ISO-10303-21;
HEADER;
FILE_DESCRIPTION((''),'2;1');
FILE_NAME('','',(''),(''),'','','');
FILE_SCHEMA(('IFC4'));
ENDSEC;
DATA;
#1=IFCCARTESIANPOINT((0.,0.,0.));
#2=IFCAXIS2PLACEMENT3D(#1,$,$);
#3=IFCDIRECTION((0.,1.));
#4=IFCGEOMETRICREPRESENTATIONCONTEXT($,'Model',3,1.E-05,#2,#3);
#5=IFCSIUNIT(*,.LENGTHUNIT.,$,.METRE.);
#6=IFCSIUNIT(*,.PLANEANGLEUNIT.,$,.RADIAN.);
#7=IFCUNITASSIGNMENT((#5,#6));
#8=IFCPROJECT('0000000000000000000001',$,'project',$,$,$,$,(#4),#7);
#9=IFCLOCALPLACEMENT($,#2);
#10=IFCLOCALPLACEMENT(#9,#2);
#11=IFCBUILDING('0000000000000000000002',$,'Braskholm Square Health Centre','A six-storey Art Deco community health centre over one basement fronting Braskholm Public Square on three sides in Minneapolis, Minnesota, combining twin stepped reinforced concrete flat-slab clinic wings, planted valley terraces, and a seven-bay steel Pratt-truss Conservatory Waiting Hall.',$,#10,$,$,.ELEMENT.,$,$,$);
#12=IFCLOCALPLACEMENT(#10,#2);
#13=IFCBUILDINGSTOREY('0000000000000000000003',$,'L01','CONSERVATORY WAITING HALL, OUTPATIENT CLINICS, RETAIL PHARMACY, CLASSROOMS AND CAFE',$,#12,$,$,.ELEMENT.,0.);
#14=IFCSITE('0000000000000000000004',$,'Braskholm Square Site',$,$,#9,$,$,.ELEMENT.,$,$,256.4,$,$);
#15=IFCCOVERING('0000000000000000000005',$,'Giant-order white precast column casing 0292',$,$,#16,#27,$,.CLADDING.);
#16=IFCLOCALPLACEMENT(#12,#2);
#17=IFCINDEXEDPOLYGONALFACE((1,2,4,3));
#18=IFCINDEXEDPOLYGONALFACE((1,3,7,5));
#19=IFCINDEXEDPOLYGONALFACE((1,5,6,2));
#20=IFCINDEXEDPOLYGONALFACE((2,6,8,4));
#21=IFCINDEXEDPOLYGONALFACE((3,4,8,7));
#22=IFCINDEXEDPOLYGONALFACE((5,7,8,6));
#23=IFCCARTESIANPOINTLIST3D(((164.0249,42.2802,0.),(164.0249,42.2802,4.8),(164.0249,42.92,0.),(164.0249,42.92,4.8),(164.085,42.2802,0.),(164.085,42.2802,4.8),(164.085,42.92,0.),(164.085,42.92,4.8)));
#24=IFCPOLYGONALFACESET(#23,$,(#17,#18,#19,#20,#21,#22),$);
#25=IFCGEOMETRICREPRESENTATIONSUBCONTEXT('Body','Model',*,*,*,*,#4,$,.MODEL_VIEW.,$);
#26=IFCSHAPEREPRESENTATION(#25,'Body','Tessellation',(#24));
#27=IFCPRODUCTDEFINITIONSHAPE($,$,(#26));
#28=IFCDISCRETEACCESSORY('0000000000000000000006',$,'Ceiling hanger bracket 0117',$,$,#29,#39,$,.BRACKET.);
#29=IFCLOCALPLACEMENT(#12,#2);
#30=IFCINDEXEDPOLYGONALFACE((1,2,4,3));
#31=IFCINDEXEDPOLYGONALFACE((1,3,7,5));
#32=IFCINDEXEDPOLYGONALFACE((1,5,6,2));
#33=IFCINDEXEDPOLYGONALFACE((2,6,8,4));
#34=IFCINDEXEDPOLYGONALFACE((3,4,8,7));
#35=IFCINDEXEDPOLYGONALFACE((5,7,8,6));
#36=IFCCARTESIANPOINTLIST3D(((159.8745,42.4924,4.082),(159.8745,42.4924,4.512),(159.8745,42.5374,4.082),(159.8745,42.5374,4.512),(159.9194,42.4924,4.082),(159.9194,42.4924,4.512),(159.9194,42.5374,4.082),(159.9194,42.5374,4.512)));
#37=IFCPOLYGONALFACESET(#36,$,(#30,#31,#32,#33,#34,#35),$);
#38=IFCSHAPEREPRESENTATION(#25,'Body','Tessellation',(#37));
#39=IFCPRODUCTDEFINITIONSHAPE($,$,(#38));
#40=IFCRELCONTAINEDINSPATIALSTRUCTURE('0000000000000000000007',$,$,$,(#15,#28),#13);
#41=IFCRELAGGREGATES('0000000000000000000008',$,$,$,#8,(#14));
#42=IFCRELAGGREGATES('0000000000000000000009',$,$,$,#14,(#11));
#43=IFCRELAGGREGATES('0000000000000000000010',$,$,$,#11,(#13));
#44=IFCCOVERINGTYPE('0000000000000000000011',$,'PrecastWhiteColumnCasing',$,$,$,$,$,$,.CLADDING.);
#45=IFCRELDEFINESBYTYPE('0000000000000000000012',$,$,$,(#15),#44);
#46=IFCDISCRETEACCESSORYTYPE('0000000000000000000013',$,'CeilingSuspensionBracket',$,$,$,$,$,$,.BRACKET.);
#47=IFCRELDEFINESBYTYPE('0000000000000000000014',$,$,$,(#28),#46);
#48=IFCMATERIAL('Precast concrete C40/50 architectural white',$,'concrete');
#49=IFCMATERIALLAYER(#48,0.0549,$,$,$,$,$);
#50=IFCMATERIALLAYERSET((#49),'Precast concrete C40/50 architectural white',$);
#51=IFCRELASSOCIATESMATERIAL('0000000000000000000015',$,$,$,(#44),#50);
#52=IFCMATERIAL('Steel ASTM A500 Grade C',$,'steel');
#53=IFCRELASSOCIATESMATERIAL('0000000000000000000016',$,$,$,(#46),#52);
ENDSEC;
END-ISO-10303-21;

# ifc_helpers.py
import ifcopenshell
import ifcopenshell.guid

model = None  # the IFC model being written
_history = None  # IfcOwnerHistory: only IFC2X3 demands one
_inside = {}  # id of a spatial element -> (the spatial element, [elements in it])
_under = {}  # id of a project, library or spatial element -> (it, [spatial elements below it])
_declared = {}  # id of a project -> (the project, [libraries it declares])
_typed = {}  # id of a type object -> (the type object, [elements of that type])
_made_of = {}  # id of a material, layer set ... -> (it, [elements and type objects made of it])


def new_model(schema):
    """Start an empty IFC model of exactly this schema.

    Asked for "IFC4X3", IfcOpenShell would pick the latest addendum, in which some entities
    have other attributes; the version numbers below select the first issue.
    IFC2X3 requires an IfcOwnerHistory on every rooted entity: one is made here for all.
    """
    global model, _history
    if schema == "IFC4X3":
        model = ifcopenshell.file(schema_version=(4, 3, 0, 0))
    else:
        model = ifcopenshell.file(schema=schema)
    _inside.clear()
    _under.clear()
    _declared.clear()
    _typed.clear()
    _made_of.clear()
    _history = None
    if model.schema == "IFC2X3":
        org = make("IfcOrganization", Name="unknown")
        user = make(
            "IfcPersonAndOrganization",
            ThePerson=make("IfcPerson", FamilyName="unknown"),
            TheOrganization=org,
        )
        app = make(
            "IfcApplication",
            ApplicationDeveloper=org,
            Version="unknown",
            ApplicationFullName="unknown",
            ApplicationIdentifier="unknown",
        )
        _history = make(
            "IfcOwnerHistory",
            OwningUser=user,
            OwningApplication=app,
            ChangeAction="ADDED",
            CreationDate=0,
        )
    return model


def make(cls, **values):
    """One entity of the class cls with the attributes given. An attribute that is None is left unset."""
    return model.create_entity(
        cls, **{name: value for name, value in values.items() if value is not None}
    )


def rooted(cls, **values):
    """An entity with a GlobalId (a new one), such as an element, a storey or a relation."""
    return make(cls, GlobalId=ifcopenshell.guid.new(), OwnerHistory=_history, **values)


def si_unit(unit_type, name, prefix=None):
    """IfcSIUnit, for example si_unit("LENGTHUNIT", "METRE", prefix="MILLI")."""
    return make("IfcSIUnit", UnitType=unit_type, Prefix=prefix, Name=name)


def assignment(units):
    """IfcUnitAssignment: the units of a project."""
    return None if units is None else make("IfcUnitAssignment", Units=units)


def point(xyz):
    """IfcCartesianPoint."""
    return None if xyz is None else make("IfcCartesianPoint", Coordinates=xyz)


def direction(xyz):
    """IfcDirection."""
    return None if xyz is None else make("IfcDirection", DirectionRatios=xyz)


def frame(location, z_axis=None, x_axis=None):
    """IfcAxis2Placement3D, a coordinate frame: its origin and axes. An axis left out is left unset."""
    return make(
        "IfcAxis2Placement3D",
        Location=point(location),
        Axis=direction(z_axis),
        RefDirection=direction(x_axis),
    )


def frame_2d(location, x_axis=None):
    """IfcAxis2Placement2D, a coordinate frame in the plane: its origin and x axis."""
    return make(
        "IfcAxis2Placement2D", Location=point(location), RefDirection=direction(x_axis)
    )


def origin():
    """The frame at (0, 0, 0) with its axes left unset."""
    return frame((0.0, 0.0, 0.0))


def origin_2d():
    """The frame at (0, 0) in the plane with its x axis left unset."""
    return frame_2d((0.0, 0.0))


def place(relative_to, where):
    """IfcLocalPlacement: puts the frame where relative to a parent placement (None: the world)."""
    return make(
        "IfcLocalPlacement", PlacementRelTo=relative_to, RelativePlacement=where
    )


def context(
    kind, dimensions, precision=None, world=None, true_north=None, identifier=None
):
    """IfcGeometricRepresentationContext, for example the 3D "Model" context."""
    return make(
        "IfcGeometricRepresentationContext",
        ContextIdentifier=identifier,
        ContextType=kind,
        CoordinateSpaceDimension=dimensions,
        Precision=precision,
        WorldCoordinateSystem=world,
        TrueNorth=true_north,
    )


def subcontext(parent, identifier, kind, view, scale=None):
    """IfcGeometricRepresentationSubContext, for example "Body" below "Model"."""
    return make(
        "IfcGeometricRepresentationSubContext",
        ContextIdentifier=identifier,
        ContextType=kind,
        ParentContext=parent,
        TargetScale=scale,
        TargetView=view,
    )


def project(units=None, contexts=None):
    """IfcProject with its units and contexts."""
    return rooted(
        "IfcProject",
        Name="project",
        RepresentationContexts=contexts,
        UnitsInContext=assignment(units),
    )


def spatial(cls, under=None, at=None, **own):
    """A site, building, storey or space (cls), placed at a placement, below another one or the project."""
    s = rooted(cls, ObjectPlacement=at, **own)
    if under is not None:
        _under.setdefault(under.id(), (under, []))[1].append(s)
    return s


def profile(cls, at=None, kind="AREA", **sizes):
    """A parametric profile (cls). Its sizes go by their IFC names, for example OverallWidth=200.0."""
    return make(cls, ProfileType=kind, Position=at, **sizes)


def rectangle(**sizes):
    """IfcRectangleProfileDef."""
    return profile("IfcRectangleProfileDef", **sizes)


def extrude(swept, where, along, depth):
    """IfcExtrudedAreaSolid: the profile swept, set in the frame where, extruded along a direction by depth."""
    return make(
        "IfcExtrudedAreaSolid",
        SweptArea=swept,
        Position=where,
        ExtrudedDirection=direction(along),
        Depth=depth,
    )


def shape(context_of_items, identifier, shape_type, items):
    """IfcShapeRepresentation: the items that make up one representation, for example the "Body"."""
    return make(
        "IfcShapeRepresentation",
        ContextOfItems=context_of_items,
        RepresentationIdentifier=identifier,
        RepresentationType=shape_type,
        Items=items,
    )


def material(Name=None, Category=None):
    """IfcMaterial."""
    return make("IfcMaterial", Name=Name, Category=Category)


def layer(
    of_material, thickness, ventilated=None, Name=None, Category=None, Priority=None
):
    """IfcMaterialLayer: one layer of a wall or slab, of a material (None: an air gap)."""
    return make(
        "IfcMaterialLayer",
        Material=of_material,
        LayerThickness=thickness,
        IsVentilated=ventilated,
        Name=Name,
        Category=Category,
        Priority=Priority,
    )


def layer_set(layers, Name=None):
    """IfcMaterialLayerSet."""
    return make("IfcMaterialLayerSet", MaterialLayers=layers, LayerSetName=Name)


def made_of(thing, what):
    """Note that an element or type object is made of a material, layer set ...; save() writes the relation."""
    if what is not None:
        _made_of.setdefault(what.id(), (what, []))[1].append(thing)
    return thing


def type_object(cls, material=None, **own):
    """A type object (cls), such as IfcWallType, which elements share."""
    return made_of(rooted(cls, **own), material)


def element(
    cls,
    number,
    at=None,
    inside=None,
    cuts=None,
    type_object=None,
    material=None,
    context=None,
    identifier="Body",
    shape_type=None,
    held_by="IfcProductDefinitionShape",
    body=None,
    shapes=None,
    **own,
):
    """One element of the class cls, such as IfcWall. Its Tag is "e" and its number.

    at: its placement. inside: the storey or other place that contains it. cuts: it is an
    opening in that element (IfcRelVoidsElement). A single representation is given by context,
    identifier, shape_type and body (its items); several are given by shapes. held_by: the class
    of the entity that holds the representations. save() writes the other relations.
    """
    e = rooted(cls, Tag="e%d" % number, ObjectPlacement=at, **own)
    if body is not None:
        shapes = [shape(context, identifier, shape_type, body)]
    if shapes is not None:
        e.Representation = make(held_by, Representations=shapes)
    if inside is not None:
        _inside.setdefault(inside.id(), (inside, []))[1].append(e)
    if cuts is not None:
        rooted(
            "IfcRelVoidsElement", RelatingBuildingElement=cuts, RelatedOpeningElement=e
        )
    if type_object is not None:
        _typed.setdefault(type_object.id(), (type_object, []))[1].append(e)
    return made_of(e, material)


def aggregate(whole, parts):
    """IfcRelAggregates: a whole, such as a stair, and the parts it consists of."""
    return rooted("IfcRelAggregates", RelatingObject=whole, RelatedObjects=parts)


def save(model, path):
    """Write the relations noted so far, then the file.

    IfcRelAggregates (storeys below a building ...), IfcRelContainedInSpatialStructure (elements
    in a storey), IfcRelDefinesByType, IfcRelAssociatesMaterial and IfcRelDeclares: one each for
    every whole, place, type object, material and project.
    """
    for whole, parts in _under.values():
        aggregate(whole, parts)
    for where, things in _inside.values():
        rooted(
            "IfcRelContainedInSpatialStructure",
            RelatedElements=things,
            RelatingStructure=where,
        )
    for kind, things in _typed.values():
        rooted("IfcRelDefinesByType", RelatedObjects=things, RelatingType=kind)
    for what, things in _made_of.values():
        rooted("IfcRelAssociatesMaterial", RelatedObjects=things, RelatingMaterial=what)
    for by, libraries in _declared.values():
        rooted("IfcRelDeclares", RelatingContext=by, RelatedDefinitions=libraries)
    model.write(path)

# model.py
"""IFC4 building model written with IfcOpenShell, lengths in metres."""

from ifc_helpers import new_model, si_unit, direction, frame, origin, origin_2d, place, context, subcontext, project, spatial, rectangle, extrude, material, layer, layer_set, type_object, element, save


model = new_model("IFC4")

# Units and contexts
model_context = context("Model", 3, precision=1e-05, world=origin(), true_north=direction((0.0, 1.0)))
body_context = subcontext(model_context, "Body", "Model", "MODEL_VIEW")
ifc_project = project(units=[si_unit("LENGTHUNIT", "METRE"), si_unit("PLANEANGLEUNIT", "RADIAN")], contexts=[model_context])

# Site, building, storey
site_placement = place(None, origin())
site = spatial("IfcSite", under=ifc_project, at=site_placement, Name="Braskholm Square Site", CompositionType="ELEMENT", RefElevation=256.4)
building_placement = place(site_placement, origin())
building = spatial("IfcBuilding", under=site, at=building_placement, Name="Braskholm Square Health Centre", Description="A six-storey Art Deco community health centre over one basement fronting Braskholm Public Square on three sides in Minneapolis, Minnesota, combining twin stepped reinforced concrete flat-slab clinic wings, planted valley terraces, and a seven-bay steel Pratt-truss Conservatory Waiting Hall.", CompositionType="ELEMENT")
storey_placement = place(building_placement, origin())
storey = spatial("IfcBuildingStorey", under=building, at=storey_placement, Name="L01", Description="CONSERVATORY WAITING HALL, OUTPATIENT CLINICS, RETAIL PHARMACY, CLASSROOMS AND CAFE", CompositionType="ELEMENT", Elevation=0.0)

# Shared definitions
ifc_material_1 = material(Name="Precast concrete C40/50 architectural white", Category="concrete")

# Covering
ifc_layer_1 = layer(ifc_material_1, 0.0549)
ifc_layer_set_1 = layer_set([ifc_layer_1], Name="Precast concrete C40/50 architectural white")
covering_type_1 = type_object("IfcCoveringType", Name="PrecastWhiteColumnCasing", PredefinedType="CLADDING", material=ifc_layer_set_1)
covering_1_placement = place(storey_placement, frame((164.0549, 42.6001, 0.0), z_axis=(0.0, 0.0, 1.0), x_axis=(1.0, 0.0, 0.0)))
element("IfcCovering", 1, at=covering_1_placement, inside=storey, type_object=covering_type_1, Name="Giant-order white precast column casing 0292", PredefinedType="CLADDING", context=body_context, shape_type="SweptSolid", body=[
    extrude(rectangle(XDim=0.0601, YDim=0.6399, at=origin_2d()), origin(), (0.0, 0.0, 1.0), 4.8),
])

# Discrete accessory
ifc_material_2 = material(Name="Steel ASTM A500 Grade C", Category="steel")
discrete_accessory_type = type_object("IfcDiscreteAccessoryType", Name="CeilingSuspensionBracket", PredefinedType="BRACKET", material=ifc_material_2)
discrete_accessory_placement = place(storey_placement, frame((159.897, 42.5149, 4.082), z_axis=(0.0, 0.0, 1.0), x_axis=(1.0, 0.0, 0.0)))
element("IfcDiscreteAccessory", 2, at=discrete_accessory_placement, inside=storey, type_object=discrete_accessory_type, Name="Ceiling hanger bracket 0117", PredefinedType="BRACKET", context=body_context, shape_type="SweptSolid", body=[
    extrude(rectangle(XDim=0.0449, YDim=0.0449, at=origin_2d()), origin(), (0.0, 0.0, 1.0), 0.4299),
])

save(model, "model.ifc")
